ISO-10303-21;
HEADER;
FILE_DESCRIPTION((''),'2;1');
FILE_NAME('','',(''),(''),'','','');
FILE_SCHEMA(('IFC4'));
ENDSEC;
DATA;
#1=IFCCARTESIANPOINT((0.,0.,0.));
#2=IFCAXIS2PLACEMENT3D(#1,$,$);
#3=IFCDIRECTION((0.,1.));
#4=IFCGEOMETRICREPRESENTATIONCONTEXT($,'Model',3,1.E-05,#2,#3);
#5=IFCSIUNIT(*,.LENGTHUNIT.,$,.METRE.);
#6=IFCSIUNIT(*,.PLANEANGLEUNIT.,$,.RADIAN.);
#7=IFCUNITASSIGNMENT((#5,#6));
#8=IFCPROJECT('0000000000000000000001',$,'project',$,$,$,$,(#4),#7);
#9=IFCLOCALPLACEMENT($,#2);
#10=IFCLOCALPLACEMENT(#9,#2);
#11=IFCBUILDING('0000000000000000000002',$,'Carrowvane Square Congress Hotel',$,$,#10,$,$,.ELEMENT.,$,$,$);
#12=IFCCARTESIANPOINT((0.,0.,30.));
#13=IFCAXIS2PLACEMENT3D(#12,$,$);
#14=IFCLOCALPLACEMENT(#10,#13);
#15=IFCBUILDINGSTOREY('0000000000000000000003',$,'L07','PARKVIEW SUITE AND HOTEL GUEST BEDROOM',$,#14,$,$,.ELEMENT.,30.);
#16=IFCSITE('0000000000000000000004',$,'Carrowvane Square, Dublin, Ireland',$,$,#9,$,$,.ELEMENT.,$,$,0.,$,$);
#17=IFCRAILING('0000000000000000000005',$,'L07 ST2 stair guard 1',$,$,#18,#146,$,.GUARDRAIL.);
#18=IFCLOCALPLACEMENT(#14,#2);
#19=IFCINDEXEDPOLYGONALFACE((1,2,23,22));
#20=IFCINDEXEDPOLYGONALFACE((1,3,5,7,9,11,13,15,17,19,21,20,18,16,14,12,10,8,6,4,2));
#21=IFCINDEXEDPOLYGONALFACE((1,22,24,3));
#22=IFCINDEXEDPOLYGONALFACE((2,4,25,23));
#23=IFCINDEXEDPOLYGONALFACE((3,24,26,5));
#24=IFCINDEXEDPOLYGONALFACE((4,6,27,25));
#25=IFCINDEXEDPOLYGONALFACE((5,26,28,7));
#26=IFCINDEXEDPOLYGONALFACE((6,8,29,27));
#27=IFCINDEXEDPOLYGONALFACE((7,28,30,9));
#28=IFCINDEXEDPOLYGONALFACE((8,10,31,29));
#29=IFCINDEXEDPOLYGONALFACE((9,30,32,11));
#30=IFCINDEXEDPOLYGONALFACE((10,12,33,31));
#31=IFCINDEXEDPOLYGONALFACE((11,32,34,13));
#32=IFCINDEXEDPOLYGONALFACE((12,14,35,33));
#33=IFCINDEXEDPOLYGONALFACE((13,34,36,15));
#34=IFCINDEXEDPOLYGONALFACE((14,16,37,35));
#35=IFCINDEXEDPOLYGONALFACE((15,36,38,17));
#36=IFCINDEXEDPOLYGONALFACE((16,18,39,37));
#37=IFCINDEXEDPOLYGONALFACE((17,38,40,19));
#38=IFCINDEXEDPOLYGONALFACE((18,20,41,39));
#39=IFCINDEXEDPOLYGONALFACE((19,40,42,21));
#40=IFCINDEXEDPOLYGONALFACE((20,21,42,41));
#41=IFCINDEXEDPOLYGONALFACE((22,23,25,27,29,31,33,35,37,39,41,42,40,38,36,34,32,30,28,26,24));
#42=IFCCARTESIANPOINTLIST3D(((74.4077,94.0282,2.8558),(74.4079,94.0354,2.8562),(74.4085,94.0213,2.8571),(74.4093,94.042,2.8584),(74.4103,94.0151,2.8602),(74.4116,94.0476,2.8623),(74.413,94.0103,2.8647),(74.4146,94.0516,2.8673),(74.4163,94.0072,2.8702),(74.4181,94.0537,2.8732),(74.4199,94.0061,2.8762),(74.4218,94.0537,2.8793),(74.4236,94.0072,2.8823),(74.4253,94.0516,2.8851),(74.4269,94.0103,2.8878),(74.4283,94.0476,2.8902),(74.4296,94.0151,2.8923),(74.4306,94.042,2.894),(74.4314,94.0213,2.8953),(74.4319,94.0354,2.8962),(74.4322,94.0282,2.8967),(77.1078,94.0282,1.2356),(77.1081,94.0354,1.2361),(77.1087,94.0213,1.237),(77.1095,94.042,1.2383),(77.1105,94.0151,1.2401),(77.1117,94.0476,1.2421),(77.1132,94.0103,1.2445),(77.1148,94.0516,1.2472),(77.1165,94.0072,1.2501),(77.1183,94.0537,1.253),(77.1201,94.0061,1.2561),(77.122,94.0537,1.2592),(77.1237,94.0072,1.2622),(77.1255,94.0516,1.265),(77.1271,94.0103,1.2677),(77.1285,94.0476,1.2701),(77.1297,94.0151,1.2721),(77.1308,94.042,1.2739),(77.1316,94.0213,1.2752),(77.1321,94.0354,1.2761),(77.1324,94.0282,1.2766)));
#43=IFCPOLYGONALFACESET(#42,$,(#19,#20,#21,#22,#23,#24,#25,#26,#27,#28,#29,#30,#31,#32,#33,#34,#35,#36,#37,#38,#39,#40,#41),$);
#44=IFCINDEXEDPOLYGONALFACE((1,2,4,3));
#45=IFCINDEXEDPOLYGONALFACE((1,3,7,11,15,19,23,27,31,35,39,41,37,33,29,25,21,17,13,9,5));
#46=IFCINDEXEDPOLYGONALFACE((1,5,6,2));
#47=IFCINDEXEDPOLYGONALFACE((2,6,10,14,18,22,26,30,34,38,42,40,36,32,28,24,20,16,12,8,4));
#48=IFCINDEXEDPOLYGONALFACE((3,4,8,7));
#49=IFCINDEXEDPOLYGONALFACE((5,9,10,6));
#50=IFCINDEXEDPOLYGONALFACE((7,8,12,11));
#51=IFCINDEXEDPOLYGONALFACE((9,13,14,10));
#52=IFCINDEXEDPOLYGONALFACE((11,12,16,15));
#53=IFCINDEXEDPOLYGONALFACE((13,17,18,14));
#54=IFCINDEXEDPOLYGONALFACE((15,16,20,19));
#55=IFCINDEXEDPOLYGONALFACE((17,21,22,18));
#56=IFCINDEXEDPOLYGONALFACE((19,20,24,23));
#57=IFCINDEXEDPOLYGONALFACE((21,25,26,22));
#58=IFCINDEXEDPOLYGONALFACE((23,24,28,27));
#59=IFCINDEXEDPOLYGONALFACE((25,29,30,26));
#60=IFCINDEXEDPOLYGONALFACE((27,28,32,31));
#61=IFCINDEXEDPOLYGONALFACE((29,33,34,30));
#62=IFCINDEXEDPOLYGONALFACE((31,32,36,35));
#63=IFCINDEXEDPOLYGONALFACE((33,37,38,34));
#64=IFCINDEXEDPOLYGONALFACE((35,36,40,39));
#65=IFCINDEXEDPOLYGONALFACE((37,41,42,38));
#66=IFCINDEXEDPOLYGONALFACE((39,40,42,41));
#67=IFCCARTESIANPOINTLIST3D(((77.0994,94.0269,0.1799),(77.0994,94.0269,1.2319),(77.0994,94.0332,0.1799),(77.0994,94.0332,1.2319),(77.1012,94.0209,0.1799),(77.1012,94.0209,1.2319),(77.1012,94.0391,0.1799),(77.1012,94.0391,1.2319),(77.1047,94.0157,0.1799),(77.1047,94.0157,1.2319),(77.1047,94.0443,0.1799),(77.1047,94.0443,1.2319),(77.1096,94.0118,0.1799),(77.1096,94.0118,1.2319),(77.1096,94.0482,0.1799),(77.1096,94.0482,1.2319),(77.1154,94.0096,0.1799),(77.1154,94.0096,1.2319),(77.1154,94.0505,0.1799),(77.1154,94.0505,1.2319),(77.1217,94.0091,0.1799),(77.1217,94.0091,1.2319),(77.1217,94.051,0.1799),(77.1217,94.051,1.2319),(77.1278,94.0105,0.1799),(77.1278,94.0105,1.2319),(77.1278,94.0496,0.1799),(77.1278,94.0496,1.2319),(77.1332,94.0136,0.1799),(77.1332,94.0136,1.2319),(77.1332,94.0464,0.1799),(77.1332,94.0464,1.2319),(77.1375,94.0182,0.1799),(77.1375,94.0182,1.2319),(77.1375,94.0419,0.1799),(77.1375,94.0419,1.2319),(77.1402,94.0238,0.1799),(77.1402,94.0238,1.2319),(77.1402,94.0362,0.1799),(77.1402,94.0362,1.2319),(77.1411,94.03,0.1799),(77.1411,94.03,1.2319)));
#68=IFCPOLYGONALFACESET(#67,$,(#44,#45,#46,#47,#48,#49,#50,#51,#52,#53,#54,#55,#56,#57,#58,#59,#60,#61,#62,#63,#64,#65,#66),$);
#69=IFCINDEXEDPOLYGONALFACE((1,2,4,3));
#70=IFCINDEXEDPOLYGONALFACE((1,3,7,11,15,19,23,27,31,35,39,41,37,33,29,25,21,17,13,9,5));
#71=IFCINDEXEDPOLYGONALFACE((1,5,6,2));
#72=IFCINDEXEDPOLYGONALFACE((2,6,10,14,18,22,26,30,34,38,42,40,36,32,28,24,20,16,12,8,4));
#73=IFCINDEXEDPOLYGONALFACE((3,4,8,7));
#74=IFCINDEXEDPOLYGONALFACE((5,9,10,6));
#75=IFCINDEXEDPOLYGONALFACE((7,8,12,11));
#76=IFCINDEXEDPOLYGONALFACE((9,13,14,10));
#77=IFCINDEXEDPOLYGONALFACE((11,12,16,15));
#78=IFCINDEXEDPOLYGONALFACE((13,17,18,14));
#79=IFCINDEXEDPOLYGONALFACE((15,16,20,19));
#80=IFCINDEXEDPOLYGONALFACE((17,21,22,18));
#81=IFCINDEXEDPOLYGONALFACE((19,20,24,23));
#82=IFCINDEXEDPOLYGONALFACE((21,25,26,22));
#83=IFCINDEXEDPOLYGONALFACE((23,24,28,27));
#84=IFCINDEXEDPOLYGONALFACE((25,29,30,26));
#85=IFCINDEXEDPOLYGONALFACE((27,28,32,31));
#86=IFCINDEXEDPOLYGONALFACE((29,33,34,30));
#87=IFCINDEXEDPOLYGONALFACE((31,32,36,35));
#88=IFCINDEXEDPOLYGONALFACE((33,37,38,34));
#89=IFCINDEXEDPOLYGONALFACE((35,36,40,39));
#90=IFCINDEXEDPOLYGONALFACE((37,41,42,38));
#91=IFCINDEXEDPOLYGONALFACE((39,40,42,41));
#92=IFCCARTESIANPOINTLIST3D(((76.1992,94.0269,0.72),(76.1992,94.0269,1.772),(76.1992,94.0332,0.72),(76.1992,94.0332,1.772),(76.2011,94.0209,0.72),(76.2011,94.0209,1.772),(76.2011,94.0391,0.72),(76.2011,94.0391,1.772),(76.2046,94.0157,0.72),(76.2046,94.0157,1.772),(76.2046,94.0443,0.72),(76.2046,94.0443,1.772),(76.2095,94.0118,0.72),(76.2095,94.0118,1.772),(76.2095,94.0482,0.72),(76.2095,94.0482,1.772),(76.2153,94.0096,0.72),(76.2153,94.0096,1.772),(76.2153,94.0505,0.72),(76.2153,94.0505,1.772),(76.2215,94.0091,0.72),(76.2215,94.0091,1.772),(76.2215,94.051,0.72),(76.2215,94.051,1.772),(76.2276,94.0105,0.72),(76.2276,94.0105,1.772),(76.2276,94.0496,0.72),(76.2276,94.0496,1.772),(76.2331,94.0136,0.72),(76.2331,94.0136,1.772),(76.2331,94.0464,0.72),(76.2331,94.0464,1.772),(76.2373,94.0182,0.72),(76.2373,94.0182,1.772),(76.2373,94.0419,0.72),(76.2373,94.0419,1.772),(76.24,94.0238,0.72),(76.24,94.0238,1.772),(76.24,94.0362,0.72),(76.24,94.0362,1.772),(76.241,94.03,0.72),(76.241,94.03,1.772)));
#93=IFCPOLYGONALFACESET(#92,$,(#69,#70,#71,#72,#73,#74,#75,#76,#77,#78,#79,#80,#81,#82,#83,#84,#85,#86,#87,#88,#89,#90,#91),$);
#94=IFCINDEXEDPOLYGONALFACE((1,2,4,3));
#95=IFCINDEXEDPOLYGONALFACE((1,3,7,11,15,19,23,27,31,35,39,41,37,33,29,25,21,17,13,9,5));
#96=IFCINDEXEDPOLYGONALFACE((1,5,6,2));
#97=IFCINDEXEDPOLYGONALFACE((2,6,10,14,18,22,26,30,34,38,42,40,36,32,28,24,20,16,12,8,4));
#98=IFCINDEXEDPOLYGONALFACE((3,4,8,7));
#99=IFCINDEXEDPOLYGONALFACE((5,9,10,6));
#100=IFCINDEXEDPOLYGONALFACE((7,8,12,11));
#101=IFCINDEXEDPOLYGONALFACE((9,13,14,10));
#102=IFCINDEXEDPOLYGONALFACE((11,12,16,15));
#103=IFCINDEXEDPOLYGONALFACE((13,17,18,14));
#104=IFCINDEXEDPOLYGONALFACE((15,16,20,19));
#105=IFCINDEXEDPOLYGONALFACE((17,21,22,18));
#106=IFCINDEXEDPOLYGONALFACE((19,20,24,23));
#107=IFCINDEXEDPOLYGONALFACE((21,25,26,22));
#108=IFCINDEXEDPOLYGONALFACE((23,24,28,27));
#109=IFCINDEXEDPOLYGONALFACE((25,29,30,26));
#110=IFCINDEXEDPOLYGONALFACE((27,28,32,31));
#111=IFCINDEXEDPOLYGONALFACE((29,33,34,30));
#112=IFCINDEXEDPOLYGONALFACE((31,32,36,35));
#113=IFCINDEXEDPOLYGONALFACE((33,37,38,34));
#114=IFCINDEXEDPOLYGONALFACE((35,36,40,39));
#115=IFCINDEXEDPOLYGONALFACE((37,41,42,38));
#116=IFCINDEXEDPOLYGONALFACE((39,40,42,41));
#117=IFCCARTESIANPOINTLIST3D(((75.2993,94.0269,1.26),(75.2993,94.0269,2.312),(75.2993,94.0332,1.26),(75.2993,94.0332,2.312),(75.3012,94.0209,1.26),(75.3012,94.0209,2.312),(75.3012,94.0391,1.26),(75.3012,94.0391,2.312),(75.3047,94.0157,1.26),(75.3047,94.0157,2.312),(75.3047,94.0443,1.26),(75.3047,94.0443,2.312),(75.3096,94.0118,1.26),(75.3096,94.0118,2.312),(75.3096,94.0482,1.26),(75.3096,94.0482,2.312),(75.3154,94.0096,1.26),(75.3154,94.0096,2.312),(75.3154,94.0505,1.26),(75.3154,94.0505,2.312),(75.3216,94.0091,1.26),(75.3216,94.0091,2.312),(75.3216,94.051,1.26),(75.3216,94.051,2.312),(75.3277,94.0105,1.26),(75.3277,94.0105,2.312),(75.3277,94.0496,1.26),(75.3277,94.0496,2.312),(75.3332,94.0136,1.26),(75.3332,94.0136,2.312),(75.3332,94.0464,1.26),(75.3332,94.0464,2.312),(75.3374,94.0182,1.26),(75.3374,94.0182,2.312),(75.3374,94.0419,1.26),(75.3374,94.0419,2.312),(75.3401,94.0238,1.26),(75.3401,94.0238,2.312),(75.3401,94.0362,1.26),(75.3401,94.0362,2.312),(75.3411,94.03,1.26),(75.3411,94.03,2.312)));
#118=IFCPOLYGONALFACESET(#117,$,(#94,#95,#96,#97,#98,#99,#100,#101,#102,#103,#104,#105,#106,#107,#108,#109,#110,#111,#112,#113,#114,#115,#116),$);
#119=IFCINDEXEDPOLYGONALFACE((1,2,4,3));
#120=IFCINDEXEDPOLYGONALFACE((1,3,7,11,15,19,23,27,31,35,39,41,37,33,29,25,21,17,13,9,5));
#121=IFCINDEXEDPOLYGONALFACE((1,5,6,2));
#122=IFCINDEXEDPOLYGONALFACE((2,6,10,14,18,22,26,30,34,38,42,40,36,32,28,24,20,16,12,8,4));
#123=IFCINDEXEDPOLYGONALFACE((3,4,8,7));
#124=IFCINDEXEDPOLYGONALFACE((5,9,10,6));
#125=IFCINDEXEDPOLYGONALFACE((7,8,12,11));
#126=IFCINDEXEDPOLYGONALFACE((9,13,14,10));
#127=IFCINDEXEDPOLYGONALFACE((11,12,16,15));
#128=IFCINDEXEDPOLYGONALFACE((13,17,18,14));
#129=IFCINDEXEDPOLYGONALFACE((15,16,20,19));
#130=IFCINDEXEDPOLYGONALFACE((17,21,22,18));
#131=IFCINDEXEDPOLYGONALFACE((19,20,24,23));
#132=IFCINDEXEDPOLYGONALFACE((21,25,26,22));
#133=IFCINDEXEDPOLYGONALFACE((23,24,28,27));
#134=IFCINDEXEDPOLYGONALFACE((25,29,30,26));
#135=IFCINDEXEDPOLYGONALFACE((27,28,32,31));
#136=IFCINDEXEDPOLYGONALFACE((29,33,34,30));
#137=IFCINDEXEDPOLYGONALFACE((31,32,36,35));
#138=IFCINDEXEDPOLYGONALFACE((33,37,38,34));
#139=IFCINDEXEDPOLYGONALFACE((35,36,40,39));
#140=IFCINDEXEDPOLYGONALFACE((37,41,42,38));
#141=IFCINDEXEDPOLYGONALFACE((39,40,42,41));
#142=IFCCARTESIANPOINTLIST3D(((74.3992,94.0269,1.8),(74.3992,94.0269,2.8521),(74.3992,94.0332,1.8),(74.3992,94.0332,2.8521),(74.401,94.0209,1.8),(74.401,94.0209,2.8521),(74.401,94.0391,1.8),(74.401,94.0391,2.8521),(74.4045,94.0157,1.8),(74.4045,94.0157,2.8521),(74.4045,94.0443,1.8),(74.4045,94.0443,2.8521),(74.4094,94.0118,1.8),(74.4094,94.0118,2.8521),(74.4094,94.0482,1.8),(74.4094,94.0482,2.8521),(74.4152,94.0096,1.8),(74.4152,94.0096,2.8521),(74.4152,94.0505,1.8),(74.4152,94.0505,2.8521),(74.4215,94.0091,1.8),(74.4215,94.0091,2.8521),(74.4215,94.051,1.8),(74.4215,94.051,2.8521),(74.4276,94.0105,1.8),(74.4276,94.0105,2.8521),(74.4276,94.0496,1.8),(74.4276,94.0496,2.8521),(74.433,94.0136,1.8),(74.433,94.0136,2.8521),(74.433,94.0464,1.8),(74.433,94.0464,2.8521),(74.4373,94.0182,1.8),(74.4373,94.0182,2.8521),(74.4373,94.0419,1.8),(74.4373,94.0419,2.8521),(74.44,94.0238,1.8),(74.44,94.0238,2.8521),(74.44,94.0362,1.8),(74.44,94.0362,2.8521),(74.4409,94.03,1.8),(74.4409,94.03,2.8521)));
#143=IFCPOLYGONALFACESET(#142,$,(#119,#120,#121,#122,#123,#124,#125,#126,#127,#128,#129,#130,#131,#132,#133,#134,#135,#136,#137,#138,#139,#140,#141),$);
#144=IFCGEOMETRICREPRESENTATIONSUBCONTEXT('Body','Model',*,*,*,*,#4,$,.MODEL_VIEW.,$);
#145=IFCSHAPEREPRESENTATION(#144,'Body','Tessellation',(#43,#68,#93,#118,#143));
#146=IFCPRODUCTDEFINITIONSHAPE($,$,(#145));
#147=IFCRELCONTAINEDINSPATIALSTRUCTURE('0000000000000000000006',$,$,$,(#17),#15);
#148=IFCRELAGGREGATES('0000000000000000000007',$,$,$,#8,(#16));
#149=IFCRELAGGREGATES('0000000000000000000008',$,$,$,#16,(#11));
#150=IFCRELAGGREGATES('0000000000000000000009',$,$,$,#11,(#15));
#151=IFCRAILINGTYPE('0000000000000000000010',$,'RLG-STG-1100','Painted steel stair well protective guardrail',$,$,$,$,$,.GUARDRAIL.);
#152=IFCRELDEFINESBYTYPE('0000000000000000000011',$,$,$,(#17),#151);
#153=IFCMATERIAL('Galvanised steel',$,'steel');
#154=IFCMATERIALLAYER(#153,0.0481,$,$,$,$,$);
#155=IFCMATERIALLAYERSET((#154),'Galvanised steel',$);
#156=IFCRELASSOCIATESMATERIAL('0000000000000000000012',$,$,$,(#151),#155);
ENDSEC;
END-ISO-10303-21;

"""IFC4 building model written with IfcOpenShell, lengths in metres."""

from ifc_helpers import new_model, si_unit, direction, frame, origin, origin_2d, place, context, subcontext, project, spatial, circle, extrude, material, layer, layer_set, type_object, element, save


model = new_model("IFC4")

# Units and contexts
model_context = context("Model", 3, precision=1e-05, world=origin(), true_north=direction((0.0, 1.0)))
body_context = subcontext(model_context, "Body", "Model", "MODEL_VIEW")
ifc_project = project(units=[si_unit("LENGTHUNIT", "METRE"), si_unit("PLANEANGLEUNIT", "RADIAN")], contexts=[model_context])

# Site, building, storey
site_placement = place(None, origin())
site = spatial("IfcSite", under=ifc_project, at=site_placement, Name="Carrowvane Square, Dublin, Ireland", CompositionType="ELEMENT", RefElevation=0.0)
building_placement = place(site_placement, origin())
building = spatial("IfcBuilding", under=site, at=building_placement, Name="Carrowvane Square Congress Hotel", CompositionType="ELEMENT")
storey_placement = place(building_placement, frame((0.0, 0.0, 30.0)))
storey = spatial("IfcBuildingStorey", under=building, at=storey_placement, Name="L07", Description="PARKVIEW SUITE AND HOTEL GUEST BEDROOM", CompositionType="ELEMENT", Elevation=30.0)

# Railing
ifc_material_1 = material(Name="Galvanised steel", Category="steel")
ifc_layer_1 = layer(ifc_material_1, 0.0481)
ifc_layer_set_1 = layer_set([ifc_layer_1], Name="Galvanised steel")
railing_type_1 = type_object("IfcRailingType", Name="RLG-STG-1100", Description="Painted steel stair well protective guardrail", PredefinedType="GUARDRAIL", material=ifc_layer_set_1)
railing_1_placement = place(storey_placement, frame((77.1201, 94.03, 0.1799)))
element("IfcRailing", 1, at=railing_1_placement, inside=storey, type_object=railing_type_1, Name="L07 ST2 stair guard 1", PredefinedType="GUARDRAIL", context=body_context, shape_type="SweptSolid", body=[
    extrude(circle(Radius=0.0239, at=origin_2d()), frame((0.0, 0.0, 1.0762), z_axis=(-0.857493, 0.0, 0.514496), x_axis=(0.0, -1.0, 0.0)), (0.0, 0.0, 1.0), 3.1489),
    extrude(circle(Radius=0.021, at=origin_2d()), origin(), (0.0, 0.0, 1.0), 1.052),
    extrude(circle(Radius=0.021, at=origin_2d()), frame((-0.9001, 0.0, 0.54)), (0.0, 0.0, 1.0), 1.052),
    extrude(circle(Radius=0.021, at=origin_2d()), frame((-1.8, 0.0, 1.0801)), (0.0, 0.0, 1.0), 1.052),
    extrude(circle(Radius=0.021, at=origin_2d()), frame((-2.7002, 0.0, 1.6201)), (0.0, 0.0, 1.0), 1.052),
])

save(model, "model.ifc")
